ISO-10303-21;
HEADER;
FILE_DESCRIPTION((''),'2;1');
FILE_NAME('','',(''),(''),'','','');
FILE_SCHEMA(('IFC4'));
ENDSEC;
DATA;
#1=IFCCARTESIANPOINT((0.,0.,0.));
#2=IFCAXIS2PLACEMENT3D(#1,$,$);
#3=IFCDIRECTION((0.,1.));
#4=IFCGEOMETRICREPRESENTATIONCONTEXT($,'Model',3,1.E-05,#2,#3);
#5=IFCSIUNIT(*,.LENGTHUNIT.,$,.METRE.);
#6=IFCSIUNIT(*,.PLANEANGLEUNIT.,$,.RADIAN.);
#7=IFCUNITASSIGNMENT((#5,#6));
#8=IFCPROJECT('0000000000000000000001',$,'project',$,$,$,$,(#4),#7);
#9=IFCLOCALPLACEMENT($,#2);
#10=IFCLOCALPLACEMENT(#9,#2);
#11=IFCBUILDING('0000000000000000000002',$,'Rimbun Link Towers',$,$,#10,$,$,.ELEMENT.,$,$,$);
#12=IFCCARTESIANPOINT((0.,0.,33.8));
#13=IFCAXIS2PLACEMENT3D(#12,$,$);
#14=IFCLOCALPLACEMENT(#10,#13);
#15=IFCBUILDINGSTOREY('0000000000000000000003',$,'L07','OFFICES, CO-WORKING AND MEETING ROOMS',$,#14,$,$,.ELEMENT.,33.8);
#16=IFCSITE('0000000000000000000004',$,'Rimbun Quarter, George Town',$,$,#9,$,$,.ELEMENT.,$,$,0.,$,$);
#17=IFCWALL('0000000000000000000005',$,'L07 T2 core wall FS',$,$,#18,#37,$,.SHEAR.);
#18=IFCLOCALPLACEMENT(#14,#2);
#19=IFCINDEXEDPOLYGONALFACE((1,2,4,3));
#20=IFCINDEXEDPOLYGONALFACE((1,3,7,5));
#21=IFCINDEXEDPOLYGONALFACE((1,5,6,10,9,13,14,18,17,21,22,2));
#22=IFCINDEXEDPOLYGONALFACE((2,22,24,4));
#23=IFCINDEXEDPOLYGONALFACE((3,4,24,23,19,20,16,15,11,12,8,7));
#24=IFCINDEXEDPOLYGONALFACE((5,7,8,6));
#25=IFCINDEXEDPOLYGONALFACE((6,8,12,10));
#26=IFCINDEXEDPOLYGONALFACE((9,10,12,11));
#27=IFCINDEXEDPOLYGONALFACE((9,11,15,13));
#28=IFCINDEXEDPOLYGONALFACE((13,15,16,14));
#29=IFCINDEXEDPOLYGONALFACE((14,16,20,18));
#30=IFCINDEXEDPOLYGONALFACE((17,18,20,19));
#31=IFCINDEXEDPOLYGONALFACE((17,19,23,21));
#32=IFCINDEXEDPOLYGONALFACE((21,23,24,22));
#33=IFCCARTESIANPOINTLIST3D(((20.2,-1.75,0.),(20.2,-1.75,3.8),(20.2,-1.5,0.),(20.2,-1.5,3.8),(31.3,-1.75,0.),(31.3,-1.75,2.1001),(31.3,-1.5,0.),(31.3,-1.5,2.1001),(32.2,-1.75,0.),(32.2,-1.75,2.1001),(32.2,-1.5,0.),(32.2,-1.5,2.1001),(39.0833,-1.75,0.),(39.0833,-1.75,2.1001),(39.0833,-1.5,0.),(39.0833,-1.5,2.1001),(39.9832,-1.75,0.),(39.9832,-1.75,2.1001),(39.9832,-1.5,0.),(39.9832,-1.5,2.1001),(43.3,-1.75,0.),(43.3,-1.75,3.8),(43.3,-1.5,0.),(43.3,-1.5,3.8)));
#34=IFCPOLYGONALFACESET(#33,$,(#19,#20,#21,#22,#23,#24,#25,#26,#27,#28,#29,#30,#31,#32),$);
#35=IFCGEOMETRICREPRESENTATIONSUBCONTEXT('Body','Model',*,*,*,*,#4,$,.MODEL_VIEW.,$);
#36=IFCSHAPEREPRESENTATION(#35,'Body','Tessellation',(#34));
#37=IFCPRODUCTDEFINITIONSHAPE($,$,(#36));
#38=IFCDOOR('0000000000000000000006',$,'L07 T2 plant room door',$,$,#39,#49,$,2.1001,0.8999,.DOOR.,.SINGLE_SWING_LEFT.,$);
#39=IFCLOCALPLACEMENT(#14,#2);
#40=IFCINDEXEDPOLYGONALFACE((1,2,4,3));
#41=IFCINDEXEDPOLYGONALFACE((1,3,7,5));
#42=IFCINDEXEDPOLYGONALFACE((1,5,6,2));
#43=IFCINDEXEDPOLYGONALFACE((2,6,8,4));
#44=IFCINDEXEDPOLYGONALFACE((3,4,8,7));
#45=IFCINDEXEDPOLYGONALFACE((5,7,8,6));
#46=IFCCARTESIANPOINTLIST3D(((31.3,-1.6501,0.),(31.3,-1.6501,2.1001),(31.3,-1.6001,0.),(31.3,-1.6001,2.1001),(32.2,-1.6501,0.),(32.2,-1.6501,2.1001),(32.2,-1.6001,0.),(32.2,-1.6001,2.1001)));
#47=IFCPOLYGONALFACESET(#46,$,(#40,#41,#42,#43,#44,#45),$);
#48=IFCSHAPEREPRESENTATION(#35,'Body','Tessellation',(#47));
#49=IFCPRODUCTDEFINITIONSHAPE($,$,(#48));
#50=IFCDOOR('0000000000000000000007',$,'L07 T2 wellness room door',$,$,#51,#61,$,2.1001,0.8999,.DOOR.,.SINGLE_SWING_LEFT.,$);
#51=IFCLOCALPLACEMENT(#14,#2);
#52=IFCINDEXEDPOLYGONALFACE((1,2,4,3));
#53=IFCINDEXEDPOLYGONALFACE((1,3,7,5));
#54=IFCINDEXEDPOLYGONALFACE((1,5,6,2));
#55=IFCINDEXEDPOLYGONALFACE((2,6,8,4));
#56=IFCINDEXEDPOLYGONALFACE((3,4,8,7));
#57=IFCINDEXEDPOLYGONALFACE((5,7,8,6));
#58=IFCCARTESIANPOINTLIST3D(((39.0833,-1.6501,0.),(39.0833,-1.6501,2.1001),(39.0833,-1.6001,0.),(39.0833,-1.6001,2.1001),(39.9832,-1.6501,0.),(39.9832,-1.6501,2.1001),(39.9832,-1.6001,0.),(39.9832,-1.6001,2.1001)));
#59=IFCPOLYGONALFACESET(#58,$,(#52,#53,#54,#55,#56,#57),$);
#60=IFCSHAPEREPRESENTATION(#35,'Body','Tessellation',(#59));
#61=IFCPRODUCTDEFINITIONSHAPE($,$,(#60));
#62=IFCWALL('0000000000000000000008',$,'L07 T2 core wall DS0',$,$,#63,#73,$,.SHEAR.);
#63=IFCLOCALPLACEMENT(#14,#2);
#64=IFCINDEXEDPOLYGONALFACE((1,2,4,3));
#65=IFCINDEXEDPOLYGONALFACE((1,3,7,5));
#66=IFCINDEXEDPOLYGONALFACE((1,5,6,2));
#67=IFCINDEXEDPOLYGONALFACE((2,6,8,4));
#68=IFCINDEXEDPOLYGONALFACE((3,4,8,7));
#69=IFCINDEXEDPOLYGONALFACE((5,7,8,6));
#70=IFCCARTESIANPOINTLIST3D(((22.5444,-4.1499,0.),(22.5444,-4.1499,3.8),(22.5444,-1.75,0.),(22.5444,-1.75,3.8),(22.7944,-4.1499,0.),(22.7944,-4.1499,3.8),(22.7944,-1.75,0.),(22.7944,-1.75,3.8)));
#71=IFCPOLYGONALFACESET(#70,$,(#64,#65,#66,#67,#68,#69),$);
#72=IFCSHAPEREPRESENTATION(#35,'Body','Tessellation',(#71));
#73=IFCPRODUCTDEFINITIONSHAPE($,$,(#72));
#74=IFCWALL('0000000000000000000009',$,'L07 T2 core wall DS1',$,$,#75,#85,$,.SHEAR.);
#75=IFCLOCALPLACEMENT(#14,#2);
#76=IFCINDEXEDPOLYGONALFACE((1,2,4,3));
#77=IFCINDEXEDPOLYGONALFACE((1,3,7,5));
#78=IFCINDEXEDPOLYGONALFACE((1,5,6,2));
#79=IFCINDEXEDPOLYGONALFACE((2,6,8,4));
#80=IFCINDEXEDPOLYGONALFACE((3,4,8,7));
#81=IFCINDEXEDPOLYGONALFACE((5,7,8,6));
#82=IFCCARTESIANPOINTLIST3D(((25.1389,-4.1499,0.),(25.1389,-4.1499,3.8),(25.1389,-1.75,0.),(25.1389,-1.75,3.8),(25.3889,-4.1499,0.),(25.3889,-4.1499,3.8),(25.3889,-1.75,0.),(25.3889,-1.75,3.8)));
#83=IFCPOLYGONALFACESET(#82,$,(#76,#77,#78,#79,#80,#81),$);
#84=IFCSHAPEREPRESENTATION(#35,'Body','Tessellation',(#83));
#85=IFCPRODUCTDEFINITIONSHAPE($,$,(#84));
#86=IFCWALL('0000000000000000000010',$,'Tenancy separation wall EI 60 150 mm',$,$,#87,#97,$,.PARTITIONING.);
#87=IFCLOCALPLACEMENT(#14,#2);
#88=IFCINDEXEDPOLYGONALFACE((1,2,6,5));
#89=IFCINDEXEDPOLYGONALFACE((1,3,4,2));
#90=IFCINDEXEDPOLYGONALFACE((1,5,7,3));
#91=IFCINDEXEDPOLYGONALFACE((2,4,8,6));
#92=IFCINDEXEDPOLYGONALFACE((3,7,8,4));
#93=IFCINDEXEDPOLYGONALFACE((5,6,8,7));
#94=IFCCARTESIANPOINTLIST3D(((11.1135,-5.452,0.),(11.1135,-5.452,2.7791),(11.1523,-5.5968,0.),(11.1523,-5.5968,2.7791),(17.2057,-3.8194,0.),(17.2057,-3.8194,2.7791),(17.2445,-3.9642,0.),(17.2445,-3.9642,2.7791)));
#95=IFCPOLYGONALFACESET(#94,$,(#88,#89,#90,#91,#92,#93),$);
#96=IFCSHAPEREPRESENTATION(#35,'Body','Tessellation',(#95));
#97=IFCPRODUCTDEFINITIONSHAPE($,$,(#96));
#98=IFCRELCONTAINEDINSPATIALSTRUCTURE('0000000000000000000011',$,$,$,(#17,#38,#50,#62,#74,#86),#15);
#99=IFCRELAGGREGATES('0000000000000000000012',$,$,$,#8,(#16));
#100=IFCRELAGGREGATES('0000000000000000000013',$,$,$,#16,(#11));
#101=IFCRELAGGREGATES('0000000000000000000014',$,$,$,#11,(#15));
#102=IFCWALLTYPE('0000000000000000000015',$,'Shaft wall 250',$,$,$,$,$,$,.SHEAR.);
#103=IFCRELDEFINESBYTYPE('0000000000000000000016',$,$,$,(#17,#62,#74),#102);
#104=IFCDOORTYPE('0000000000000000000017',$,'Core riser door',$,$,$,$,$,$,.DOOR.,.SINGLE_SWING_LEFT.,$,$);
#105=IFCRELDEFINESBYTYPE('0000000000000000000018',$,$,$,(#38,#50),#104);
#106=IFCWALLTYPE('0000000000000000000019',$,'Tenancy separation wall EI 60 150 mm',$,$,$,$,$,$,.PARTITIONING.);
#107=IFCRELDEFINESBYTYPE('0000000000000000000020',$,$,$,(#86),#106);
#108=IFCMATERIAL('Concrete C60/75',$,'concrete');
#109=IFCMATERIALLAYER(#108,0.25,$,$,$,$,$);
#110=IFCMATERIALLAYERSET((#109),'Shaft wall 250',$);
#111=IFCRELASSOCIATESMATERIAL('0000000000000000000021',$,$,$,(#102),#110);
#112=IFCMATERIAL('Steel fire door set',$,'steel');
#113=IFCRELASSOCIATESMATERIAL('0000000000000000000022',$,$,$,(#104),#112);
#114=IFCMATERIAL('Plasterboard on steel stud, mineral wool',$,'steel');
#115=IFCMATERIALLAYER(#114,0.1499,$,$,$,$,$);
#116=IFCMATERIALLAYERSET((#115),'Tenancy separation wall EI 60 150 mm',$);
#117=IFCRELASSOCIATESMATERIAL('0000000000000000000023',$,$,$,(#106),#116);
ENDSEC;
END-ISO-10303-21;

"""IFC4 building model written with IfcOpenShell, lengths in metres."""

from ifc_helpers import new_model, si_unit, direction, frame, frame_2d, origin, place, context, subcontext, project, spatial, rectangle, extrude, material, layer, layer_set, type_object, element, fill, save


model = new_model("IFC4")

# Units and contexts
model_context = context("Model", 3, precision=1e-05, world=origin(), true_north=direction((0.0, 1.0)))
body_context = subcontext(model_context, "Body", "Model", "MODEL_VIEW")
ifc_project = project(units=[si_unit("LENGTHUNIT", "METRE"), si_unit("PLANEANGLEUNIT", "RADIAN")], contexts=[model_context])

# Site, building, storey
site_placement = place(None, origin())
site = spatial("IfcSite", under=ifc_project, at=site_placement, Name="Rimbun Quarter, George Town", CompositionType="ELEMENT", RefElevation=0.0)
building_placement = place(site_placement, origin())
building = spatial("IfcBuilding", under=site, at=building_placement, Name="Rimbun Link Towers", CompositionType="ELEMENT")
storey_placement = place(building_placement, frame((0.0, 0.0, 33.8)))
storey = spatial("IfcBuildingStorey", under=building, at=storey_placement, Name="L07", Description="OFFICES, CO-WORKING AND MEETING ROOMS", CompositionType="ELEMENT", Elevation=33.8)

# Shared definitions
ifc_material_1 = material(Name="Concrete C60/75", Category="concrete")
ifc_layer_1 = layer(ifc_material_1, 0.25)
ifc_layer_set_1 = layer_set([ifc_layer_1], Name="Shaft wall 250")
wall_type_1 = type_object("IfcWallType", Name="Shaft wall 250", PredefinedType="SHEAR", material=ifc_layer_set_1)

# Wall, openings, doors
wall_1_placement = place(storey_placement, frame((20.2, -1.625, 0.0), z_axis=(0.0, 0.0, 1.0), x_axis=(1.0, 0.0, 0.0)))
wall_1 = element("IfcWall", 1, at=wall_1_placement, inside=storey, type_object=wall_type_1, Name="L07 T2 core wall FS", PredefinedType="SHEAR", context=body_context, shape_type="SweptSolid", body=[
    extrude(rectangle(XDim=23.1001, YDim=0.25, at=frame_2d((11.55, 0.0))), origin(), (0.0, 0.0, 1.0), 3.8),
])
opening_1_placement = place(wall_1_placement, frame((11.1001, 0.0, 0.0)))
opening_1 = element("IfcOpeningElement", 2, at=opening_1_placement, cuts=wall_1, PredefinedType="OPENING", context=body_context, shape_type="SweptSolid", body=[
    extrude(rectangle(XDim=0.8999, YDim=2.1001, at=frame_2d((0.45, 1.05))), frame((0.0, 0.135, 0.0), z_axis=(0.0, -1.0, 0.0), x_axis=(1.0, 0.0, 0.0)), (0.0, 0.0, 1.0), 0.27),
])
opening_2_placement = place(wall_1_placement, frame((18.8833, 0.0, 0.0)))
opening_2 = element("IfcOpeningElement", 3, at=opening_2_placement, cuts=wall_1, PredefinedType="OPENING", context=body_context, shape_type="SweptSolid", body=[
    extrude(rectangle(XDim=0.8999, YDim=2.1001, at=frame_2d((0.45, 1.05))), frame((0.0, 0.135, 0.0), z_axis=(0.0, -1.0, 0.0), x_axis=(1.0, 0.0, 0.0)), (0.0, 0.0, 1.0), 0.27),
])
ifc_material_2 = material(Name="Steel fire door set", Category="steel")
door_type_1 = type_object("IfcDoorType", Name="Core riser door", OperationType="SINGLE_SWING_LEFT", PredefinedType="DOOR", material=ifc_material_2)
door_1_placement = place(opening_1_placement, origin())
door_1 = element("IfcDoor", 4, at=door_1_placement, inside=storey, type_object=door_type_1, Name="L07 T2 plant room door", OperationType="SINGLE_SWING_LEFT", OverallHeight=2.1001, OverallWidth=0.8999, PredefinedType="DOOR", context=body_context, shape_type="SweptSolid", body=[
    extrude(rectangle(XDim=0.8999, YDim=2.1001, at=frame_2d((0.45, 1.05))), frame((0.0, 0.0249, 0.0), z_axis=(0.0, -1.0, 0.0), x_axis=(1.0, 0.0, 0.0)), (0.0, 0.0, 1.0), 0.05),
])
fill(opening_1, door_1)
door_2_placement = place(opening_2_placement, origin())
door_2 = element("IfcDoor", 5, at=door_2_placement, inside=storey, type_object=door_type_1, Name="L07 T2 wellness room door", OperationType="SINGLE_SWING_LEFT", OverallHeight=2.1001, OverallWidth=0.8999, PredefinedType="DOOR", context=body_context, shape_type="SweptSolid", body=[
    extrude(rectangle(XDim=0.8999, YDim=2.1001, at=frame_2d((0.45, 1.05))), frame((0.0, 0.0249, 0.0), z_axis=(0.0, -1.0, 0.0), x_axis=(1.0, 0.0, 0.0)), (0.0, 0.0, 1.0), 0.05),
])
fill(opening_2, door_2)

# Walls
for number, where, z_axis, x_axis, name in (
    (6, (22.6694, -4.1499, 0.0), (0.0, 0.0, 1.0), (0.0, 1.0, 0.0), "L07 T2 core wall DS0"),
    (7, (25.2639, -4.1499, 0.0), (0.0, 0.0, 1.0), (0.0, 1.0, 0.0), "L07 T2 core wall DS1"),
):
    element("IfcWall", number, at=place(storey_placement, frame(where, z_axis=z_axis, x_axis=x_axis)), inside=storey, type_object=wall_type_1, Name=name, PredefinedType="SHEAR", context=body_context, shape_type="SweptSolid", body=[
        extrude(rectangle(XDim=2.3999, YDim=0.25, at=frame_2d((1.2, 0.0))), origin(), (0.0, 0.0, 1.0), 3.8),
    ])
ifc_material_3 = material(Name="Plasterboard on steel stud, mineral wool", Category="steel")
ifc_layer_2 = layer(ifc_material_3, 0.1499)
ifc_layer_set_2 = layer_set([ifc_layer_2], Name="Tenancy separation wall EI 60 150 mm")
wall_type_2 = type_object("IfcWallType", Name="Tenancy separation wall EI 60 150 mm", PredefinedType="PARTITIONING", material=ifc_layer_set_2)
wall_2_placement = place(storey_placement, frame((17.2251, -3.8918, 0.0), z_axis=(0.0, 0.0, 1.0), x_axis=(-0.96592, -0.258841, 0.0)))
element("IfcWall", 8, at=wall_2_placement, inside=storey, type_object=wall_type_2, Name="Tenancy separation wall EI 60 150 mm", PredefinedType="PARTITIONING", context=body_context, shape_type="SweptSolid", body=[
    extrude(rectangle(XDim=6.3071, YDim=0.1499, at=frame_2d((3.1536, 0.0))), origin(), (0.0, 0.0, 1.0), 2.7791),
])

save(model, "model.ifc")
